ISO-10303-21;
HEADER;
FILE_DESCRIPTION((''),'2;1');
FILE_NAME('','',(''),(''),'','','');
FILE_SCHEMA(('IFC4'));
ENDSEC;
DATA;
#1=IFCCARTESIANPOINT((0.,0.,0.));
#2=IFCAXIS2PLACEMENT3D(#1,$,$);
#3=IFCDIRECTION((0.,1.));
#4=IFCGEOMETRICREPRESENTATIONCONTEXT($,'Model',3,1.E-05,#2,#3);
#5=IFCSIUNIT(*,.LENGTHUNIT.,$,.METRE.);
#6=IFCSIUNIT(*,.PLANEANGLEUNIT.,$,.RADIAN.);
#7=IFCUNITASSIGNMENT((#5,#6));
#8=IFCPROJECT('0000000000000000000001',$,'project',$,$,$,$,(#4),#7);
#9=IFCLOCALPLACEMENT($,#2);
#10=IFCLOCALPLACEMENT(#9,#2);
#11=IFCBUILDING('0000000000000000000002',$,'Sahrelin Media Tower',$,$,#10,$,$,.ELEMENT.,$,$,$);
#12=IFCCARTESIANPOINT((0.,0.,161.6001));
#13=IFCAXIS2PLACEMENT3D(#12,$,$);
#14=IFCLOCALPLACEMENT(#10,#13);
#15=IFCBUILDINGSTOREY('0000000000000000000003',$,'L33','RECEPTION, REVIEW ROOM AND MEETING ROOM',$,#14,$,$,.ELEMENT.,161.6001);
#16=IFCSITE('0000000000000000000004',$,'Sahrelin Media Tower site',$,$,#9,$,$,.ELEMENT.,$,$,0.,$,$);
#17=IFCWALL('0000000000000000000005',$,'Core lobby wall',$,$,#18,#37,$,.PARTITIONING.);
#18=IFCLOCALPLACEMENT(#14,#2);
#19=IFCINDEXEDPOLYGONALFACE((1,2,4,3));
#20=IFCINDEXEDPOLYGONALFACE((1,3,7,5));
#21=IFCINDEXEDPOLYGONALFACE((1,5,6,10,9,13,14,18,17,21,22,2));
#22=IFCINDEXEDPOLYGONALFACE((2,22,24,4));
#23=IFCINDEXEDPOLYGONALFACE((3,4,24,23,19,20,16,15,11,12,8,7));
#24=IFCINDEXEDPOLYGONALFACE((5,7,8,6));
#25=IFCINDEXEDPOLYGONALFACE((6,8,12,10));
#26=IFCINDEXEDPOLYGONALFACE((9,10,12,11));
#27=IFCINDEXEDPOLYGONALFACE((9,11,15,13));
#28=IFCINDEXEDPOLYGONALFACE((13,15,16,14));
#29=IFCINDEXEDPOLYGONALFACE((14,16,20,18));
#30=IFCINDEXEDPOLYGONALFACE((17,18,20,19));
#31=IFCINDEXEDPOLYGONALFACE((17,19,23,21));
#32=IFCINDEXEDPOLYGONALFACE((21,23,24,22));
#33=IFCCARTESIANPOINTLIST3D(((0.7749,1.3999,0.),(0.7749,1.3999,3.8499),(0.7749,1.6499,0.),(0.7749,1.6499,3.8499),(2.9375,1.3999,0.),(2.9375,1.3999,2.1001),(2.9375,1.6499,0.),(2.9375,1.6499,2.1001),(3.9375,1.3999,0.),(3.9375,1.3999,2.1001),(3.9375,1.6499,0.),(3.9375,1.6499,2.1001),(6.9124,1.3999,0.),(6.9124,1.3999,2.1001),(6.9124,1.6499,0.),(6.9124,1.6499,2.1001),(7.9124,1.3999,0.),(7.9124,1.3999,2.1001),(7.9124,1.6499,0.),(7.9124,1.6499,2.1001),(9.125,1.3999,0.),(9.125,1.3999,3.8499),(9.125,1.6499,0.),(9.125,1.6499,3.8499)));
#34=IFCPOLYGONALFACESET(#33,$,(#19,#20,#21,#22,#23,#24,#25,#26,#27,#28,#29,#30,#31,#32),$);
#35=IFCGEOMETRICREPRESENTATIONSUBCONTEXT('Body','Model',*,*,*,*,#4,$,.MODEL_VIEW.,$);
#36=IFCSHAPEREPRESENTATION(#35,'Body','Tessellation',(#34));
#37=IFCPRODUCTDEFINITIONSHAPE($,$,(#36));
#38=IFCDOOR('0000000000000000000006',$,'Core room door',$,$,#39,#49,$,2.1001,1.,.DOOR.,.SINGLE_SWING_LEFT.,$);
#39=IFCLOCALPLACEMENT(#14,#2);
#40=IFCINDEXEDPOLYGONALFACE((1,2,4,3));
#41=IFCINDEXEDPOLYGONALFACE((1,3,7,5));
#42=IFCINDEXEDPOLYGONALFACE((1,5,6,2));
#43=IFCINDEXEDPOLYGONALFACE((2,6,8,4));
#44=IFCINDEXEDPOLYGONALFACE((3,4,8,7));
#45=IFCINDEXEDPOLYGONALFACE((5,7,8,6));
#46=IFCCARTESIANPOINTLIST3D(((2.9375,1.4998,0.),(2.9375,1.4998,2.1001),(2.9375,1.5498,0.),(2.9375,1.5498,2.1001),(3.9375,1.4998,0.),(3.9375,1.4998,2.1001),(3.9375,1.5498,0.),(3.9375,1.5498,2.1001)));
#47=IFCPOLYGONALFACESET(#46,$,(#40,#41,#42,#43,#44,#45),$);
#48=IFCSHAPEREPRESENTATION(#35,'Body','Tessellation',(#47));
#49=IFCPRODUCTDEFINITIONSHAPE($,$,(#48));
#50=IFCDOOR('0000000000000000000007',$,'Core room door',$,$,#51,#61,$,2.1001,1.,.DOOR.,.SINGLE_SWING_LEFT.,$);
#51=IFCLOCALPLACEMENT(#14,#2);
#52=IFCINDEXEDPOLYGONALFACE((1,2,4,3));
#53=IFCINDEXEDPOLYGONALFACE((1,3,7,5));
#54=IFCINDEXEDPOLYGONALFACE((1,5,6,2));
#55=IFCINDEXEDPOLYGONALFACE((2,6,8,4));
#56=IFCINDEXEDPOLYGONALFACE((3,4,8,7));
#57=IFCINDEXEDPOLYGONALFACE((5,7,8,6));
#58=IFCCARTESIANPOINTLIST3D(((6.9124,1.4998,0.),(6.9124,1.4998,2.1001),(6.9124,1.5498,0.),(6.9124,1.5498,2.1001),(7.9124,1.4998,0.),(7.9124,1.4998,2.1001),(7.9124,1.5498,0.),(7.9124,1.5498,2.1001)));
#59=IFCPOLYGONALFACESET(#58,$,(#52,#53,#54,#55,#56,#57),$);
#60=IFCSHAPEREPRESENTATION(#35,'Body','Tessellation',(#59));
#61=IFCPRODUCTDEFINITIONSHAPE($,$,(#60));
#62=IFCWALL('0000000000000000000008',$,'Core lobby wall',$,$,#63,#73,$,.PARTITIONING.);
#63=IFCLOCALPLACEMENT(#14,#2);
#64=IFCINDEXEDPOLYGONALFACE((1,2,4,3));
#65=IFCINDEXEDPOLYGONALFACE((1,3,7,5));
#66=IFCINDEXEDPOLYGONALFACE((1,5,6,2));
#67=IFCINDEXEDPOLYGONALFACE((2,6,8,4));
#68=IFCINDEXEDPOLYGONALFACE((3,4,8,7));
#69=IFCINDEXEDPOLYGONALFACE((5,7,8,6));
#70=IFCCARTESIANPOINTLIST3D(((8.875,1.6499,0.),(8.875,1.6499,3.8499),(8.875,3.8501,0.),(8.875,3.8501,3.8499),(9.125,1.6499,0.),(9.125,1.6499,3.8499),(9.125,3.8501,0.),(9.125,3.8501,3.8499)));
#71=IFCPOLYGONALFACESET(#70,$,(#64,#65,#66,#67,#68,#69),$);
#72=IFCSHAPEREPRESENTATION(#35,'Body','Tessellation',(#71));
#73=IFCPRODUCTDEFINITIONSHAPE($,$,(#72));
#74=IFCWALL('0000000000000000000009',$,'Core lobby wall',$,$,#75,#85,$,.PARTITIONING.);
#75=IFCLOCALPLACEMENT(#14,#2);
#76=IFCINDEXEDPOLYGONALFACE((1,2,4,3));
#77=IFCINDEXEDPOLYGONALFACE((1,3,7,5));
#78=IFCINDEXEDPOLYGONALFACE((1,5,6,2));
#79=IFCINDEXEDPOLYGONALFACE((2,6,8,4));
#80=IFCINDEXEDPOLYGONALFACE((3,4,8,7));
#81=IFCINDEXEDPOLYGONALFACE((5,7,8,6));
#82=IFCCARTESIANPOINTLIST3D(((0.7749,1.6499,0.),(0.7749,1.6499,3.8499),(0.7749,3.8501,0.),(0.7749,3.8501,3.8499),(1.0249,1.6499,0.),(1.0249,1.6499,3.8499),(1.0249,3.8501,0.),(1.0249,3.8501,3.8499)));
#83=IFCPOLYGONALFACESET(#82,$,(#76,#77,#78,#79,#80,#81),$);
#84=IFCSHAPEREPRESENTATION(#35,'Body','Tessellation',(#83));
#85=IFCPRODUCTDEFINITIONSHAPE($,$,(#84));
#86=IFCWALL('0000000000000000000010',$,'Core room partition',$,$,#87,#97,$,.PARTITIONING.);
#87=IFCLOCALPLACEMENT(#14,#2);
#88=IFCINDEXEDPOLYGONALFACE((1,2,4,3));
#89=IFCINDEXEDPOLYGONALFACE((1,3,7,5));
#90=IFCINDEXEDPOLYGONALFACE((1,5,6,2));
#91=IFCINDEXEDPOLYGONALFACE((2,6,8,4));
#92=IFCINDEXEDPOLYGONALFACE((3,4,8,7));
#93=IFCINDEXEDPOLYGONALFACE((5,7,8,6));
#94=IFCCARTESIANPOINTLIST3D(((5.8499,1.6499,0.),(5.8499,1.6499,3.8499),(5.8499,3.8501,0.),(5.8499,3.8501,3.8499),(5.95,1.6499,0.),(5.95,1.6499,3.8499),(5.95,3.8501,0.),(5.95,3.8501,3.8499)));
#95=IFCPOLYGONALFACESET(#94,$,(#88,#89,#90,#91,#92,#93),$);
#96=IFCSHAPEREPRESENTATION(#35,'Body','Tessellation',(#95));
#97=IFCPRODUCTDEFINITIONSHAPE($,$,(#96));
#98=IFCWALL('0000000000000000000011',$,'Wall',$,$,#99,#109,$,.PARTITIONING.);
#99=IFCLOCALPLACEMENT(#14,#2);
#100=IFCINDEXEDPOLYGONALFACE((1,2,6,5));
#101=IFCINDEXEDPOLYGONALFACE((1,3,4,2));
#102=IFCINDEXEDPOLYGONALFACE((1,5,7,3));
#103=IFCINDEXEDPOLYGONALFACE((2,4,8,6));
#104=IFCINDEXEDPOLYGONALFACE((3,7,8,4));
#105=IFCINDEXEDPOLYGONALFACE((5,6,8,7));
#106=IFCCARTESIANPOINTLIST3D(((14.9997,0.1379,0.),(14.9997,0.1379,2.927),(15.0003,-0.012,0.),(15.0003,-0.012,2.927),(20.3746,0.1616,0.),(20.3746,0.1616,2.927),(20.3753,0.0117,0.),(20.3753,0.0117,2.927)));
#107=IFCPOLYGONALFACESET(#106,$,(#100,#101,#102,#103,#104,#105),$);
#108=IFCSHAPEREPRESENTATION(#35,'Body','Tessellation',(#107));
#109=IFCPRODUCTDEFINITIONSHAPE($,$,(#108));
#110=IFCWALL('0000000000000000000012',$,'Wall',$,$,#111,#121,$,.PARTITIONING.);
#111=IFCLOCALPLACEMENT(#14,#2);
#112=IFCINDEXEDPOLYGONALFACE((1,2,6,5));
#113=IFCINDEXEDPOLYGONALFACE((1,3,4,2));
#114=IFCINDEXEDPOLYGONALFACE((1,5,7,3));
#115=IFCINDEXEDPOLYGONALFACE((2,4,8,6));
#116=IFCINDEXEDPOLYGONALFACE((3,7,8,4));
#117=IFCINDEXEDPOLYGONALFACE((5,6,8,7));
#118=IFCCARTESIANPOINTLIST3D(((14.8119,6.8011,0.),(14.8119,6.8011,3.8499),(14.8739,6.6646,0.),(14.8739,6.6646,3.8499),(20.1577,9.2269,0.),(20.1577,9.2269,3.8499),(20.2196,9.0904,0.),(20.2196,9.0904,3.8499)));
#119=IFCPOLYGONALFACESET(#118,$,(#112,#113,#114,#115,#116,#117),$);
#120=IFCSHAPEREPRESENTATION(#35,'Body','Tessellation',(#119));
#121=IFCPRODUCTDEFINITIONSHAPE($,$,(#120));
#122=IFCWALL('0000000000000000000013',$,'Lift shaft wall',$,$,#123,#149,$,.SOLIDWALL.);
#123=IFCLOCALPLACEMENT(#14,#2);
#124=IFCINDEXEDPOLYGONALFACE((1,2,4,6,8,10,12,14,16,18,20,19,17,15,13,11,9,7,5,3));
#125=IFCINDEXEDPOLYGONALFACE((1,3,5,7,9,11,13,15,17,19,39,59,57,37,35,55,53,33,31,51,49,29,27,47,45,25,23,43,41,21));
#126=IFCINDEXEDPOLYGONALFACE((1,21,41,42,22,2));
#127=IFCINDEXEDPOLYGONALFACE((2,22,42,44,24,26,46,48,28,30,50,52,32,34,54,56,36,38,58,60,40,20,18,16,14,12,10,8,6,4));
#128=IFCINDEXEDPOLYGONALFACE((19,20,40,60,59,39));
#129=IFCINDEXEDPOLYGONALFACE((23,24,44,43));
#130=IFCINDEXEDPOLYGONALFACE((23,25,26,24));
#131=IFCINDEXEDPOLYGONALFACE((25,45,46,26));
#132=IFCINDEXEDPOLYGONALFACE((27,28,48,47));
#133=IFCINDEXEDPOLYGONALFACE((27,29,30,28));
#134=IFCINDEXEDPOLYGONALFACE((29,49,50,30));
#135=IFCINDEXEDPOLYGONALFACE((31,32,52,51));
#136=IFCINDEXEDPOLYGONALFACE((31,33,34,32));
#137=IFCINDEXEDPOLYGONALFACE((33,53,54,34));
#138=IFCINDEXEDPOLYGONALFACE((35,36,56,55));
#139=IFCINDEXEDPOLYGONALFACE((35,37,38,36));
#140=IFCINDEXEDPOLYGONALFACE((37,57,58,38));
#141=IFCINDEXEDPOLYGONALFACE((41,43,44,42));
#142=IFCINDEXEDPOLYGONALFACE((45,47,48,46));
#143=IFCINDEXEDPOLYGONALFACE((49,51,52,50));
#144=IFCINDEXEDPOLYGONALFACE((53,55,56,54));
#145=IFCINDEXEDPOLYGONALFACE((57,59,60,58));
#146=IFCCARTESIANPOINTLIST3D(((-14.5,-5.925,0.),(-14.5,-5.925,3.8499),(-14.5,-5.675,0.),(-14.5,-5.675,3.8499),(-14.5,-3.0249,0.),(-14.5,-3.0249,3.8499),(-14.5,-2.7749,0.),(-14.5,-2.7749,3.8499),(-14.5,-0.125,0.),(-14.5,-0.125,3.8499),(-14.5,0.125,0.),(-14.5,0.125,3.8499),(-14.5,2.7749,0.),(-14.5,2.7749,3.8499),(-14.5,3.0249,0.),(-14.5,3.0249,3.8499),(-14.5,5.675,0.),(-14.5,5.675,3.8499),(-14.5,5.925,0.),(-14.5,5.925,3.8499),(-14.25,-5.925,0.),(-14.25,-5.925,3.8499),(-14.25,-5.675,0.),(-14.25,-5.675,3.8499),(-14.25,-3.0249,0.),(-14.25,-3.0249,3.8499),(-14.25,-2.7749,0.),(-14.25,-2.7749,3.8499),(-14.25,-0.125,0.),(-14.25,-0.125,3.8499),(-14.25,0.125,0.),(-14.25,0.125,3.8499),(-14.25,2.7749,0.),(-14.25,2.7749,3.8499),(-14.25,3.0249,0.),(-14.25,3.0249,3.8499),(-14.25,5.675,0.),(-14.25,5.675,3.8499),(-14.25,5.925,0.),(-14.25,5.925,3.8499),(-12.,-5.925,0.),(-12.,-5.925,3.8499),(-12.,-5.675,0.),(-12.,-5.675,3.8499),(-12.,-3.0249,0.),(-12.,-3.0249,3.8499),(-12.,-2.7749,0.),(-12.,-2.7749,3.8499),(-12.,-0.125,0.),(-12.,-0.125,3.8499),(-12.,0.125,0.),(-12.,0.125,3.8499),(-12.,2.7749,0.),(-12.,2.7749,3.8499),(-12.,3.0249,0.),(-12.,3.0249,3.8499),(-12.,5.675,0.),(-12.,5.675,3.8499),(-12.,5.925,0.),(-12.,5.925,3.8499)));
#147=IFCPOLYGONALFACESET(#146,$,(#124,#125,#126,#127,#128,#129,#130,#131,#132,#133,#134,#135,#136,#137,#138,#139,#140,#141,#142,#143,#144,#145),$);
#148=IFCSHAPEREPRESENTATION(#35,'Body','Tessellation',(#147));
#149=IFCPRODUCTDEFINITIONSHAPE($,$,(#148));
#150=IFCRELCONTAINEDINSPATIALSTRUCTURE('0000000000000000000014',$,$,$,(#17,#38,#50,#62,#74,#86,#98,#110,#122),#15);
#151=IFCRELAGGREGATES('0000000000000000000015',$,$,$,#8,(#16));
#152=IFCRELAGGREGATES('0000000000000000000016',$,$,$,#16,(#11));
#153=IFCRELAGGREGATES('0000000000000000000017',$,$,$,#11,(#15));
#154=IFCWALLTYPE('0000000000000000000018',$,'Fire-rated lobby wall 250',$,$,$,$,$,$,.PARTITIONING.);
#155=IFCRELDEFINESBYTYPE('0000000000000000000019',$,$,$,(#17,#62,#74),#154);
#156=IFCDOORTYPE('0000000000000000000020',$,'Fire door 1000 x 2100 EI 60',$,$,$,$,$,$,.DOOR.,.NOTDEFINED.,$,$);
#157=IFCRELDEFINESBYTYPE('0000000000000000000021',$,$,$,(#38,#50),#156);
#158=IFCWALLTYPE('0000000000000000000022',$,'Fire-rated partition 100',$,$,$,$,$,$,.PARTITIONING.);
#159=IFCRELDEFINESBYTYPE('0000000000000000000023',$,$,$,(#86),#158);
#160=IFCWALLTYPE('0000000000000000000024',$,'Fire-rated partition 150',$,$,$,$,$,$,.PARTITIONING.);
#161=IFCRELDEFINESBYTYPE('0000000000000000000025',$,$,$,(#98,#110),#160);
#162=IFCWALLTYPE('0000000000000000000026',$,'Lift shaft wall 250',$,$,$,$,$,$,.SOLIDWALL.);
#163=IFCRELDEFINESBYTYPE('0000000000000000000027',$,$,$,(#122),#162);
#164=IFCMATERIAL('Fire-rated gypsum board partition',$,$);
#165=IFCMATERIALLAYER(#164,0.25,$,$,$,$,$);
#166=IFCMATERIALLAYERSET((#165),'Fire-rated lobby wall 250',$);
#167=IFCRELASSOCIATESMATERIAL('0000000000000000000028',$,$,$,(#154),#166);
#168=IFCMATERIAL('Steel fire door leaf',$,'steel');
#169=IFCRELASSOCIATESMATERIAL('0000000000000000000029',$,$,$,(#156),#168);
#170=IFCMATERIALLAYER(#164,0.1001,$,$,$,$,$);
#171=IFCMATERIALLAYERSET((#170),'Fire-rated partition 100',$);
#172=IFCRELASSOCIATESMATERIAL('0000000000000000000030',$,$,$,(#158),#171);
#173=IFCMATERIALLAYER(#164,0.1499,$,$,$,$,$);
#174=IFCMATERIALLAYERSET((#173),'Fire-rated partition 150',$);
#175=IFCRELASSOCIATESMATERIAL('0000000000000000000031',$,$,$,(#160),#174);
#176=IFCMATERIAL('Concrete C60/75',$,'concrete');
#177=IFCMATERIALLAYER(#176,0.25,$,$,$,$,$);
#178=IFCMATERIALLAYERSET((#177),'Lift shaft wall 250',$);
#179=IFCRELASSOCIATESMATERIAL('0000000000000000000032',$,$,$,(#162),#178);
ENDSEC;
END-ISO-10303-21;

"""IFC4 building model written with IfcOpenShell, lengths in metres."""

from ifc_helpers import new_model, si_unit, direction, frame, frame_2d, origin, place, context, subcontext, project, spatial, polyline, rectangle, outline, extrude, material, layer, layer_set, type_object, element, fill, save


model = new_model("IFC4")

# Units and contexts
model_context = context("Model", 3, precision=1e-05, world=origin(), true_north=direction((0.0, 1.0)))
body_context = subcontext(model_context, "Body", "Model", "MODEL_VIEW")
ifc_project = project(units=[si_unit("LENGTHUNIT", "METRE"), si_unit("PLANEANGLEUNIT", "RADIAN")], contexts=[model_context])

# Site, building, storey
site_placement = place(None, origin())
site = spatial("IfcSite", under=ifc_project, at=site_placement, Name="Sahrelin Media Tower site", CompositionType="ELEMENT", RefElevation=0.0)
building_placement = place(site_placement, origin())
building = spatial("IfcBuilding", under=site, at=building_placement, Name="Sahrelin Media Tower", CompositionType="ELEMENT")
storey_placement = place(building_placement, frame((0.0, 0.0, 161.6001)))
storey = spatial("IfcBuildingStorey", under=building, at=storey_placement, Name="L33", Description="RECEPTION, REVIEW ROOM AND MEETING ROOM", CompositionType="ELEMENT", Elevation=161.6001)

# Wall, openings, doors
ifc_material_1 = material(Name="Fire-rated gypsum board partition")
ifc_layer_1 = layer(ifc_material_1, 0.25)
ifc_layer_set_1 = layer_set([ifc_layer_1], Name="Fire-rated lobby wall 250")
wall_type_1 = type_object("IfcWallType", Name="Fire-rated lobby wall 250", PredefinedType="PARTITIONING", material=ifc_layer_set_1)
wall_1_placement = place(storey_placement, frame((0.7749, 1.5249, 0.0), z_axis=(0.0, 0.0, 1.0), x_axis=(1.0, 0.0, 0.0)))
wall_1 = element("IfcWall", 1, at=wall_1_placement, inside=storey, type_object=wall_type_1, Name="Core lobby wall", PredefinedType="PARTITIONING", context=body_context, shape_type="SweptSolid", body=[
    extrude(rectangle(XDim=8.3501, YDim=0.25, at=frame_2d((4.175, 0.0))), origin(), (0.0, 0.0, 1.0), 3.8499),
])
opening_1_placement = place(wall_1_placement, frame((2.1626, 0.0, 0.0)))
opening_1 = element("IfcOpeningElement", 2, at=opening_1_placement, cuts=wall_1, PredefinedType="OPENING", context=body_context, shape_type="SweptSolid", body=[
    extrude(rectangle(XDim=1.0, YDim=2.1001, at=frame_2d((0.5, 1.05))), frame((0.0, 0.125, 0.0), z_axis=(0.0, -1.0, 0.0), x_axis=(1.0, 0.0, 0.0)), (0.0, 0.0, 1.0), 0.25),
])
opening_2_placement = place(wall_1_placement, frame((6.1375, 0.0, 0.0)))
opening_2 = element("IfcOpeningElement", 3, at=opening_2_placement, cuts=wall_1, PredefinedType="OPENING", context=body_context, shape_type="SweptSolid", body=[
    extrude(rectangle(XDim=1.0, YDim=2.1001, at=frame_2d((0.5, 1.05))), frame((0.0, 0.125, 0.0), z_axis=(0.0, -1.0, 0.0), x_axis=(1.0, 0.0, 0.0)), (0.0, 0.0, 1.0), 0.25),
])
ifc_material_2 = material(Name="Steel fire door leaf", Category="steel")
door_type_1 = type_object("IfcDoorType", Name="Fire door 1000 x 2100 EI 60", OperationType="NOTDEFINED", PredefinedType="DOOR", material=ifc_material_2)
door_1_placement = place(opening_1_placement, origin())
door_1 = element("IfcDoor", 4, at=door_1_placement, inside=storey, type_object=door_type_1, Name="Core room door", OperationType="SINGLE_SWING_LEFT", OverallHeight=2.1001, OverallWidth=1.0, PredefinedType="DOOR", context=body_context, shape_type="SweptSolid", body=[
    extrude(rectangle(XDim=1.0, YDim=2.1001, at=frame_2d((0.5, 1.05))), frame((0.0, 0.0249, 0.0), z_axis=(0.0, -1.0, 0.0), x_axis=(1.0, 0.0, 0.0)), (0.0, 0.0, 1.0), 0.05),
])
fill(opening_1, door_1)
door_2_placement = place(opening_2_placement, origin())
door_2 = element("IfcDoor", 5, at=door_2_placement, inside=storey, type_object=door_type_1, Name="Core room door", OperationType="SINGLE_SWING_LEFT", OverallHeight=2.1001, OverallWidth=1.0, PredefinedType="DOOR", context=body_context, shape_type="SweptSolid", body=[
    extrude(rectangle(XDim=1.0, YDim=2.1001, at=frame_2d((0.5, 1.05))), frame((0.0, 0.0249, 0.0), z_axis=(0.0, -1.0, 0.0), x_axis=(1.0, 0.0, 0.0)), (0.0, 0.0, 1.0), 0.05),
])
fill(opening_2, door_2)

# Walls
for number, where, z_axis, x_axis, name in (
    (6, (9.0, 1.6499, 0.0), (0.0, 0.0, 1.0), (0.0, 1.0, 0.0), "Core lobby wall"),
    (7, (0.8999, 1.6499, 0.0), (0.0, 0.0, 1.0), (0.0, 1.0, 0.0), "Core lobby wall"),
):
    element("IfcWall", number, at=place(storey_placement, frame(where, z_axis=z_axis, x_axis=x_axis)), inside=storey, type_object=wall_type_1, Name=name, PredefinedType="PARTITIONING", context=body_context, shape_type="SweptSolid", body=[
        extrude(rectangle(XDim=2.2002, YDim=0.25, at=frame_2d((1.1001, 0.0))), origin(), (0.0, 0.0, 1.0), 3.8499),
    ])
ifc_layer_2 = layer(ifc_material_1, 0.1001)
ifc_layer_set_2 = layer_set([ifc_layer_2], Name="Fire-rated partition 100")
wall_type_2 = type_object("IfcWallType", Name="Fire-rated partition 100", PredefinedType="PARTITIONING", material=ifc_layer_set_2)
wall_2_placement = place(storey_placement, frame((5.8999, 1.6499, 0.0), z_axis=(0.0, 0.0, 1.0), x_axis=(0.0, 1.0, 0.0)))
element("IfcWall", 8, at=wall_2_placement, inside=storey, type_object=wall_type_2, Name="Core room partition", PredefinedType="PARTITIONING", context=body_context, shape_type="SweptSolid", body=[
    extrude(rectangle(XDim=2.2002, YDim=0.1001, at=frame_2d((1.1001, 0.0))), origin(), (0.0, 0.0, 1.0), 3.8499),
])
ifc_layer_3 = layer(ifc_material_1, 0.1499)
ifc_layer_set_3 = layer_set([ifc_layer_3], Name="Fire-rated partition 150")
wall_type_3 = type_object("IfcWallType", Name="Fire-rated partition 150", PredefinedType="PARTITIONING", material=ifc_layer_set_3)
wall_3_placement = place(storey_placement, frame((15.0, 0.063, 0.0), z_axis=(0.0, 0.0, 1.0), x_axis=(0.99999, 0.004406, 0.0)))
element("IfcWall", 9, at=wall_3_placement, inside=storey, type_object=wall_type_3, Name="Wall", PredefinedType="PARTITIONING", context=body_context, shape_type="SweptSolid", body=[
    extrude(rectangle(XDim=5.375, YDim=0.1499, at=frame_2d((2.6875, 0.0))), origin(), (0.0, 0.0, 1.0), 2.927),
])
wall_4_placement = place(storey_placement, frame((14.843, 6.7329, 0.0), z_axis=(0.0, 0.0, 1.0), x_axis=(0.910628, 0.413226, 0.0)))
element("IfcWall", 10, at=wall_4_placement, inside=storey, type_object=wall_type_3, Name="Wall", PredefinedType="PARTITIONING", context=body_context, shape_type="SweptSolid", body=[
    extrude(rectangle(XDim=5.8704, YDim=0.1499, at=frame_2d((2.9351, 0.0))), origin(), (0.0, 0.0, 1.0), 3.8499),
])
ifc_material_3 = material(Name="Concrete C60/75", Category="concrete")
ifc_layer_4 = layer(ifc_material_3, 0.25)
ifc_layer_set_4 = layer_set([ifc_layer_4], Name="Lift shaft wall 250")
wall_type_4 = type_object("IfcWallType", Name="Lift shaft wall 250", PredefinedType="SOLIDWALL", material=ifc_layer_set_4)
placement = place(storey_placement, origin())
element("IfcWall", 11, at=placement, inside=storey, type_object=wall_type_4, Name="Lift shaft wall", PredefinedType="SOLIDWALL", context=body_context, shape_type="SweptSolid", body=[
    extrude(outline(polyline([(-12.0, -5.925), (-12.0, -5.675), (-14.25, -5.675), (-14.25, -3.0249), (-12.0, -3.0249), (-12.0, -2.7749), (-14.25, -2.7749), (-14.25, -0.125), (-12.0, -0.125), (-12.0, 0.125), (-14.25, 0.125), (-14.25, 2.7749), (-12.0, 2.7749), (-12.0, 3.0249), (-14.25, 3.0249), (-14.25, 5.675), (-12.0, 5.675), (-12.0, 5.925), (-14.25, 5.925), (-14.5, 5.925), (-14.5, 5.675), (-14.5, 3.0249), (-14.5, 2.7749), (-14.5, 0.125), (-14.5, -0.125), (-14.5, -2.7749), (-14.5, -3.0249), (-14.5, -5.675), (-14.5, -5.925), (-14.25, -5.925), (-12.0, -5.925)])), origin(), (0.0, 0.0, 1.0), 3.8499),
])

save(model, "model.ifc")
